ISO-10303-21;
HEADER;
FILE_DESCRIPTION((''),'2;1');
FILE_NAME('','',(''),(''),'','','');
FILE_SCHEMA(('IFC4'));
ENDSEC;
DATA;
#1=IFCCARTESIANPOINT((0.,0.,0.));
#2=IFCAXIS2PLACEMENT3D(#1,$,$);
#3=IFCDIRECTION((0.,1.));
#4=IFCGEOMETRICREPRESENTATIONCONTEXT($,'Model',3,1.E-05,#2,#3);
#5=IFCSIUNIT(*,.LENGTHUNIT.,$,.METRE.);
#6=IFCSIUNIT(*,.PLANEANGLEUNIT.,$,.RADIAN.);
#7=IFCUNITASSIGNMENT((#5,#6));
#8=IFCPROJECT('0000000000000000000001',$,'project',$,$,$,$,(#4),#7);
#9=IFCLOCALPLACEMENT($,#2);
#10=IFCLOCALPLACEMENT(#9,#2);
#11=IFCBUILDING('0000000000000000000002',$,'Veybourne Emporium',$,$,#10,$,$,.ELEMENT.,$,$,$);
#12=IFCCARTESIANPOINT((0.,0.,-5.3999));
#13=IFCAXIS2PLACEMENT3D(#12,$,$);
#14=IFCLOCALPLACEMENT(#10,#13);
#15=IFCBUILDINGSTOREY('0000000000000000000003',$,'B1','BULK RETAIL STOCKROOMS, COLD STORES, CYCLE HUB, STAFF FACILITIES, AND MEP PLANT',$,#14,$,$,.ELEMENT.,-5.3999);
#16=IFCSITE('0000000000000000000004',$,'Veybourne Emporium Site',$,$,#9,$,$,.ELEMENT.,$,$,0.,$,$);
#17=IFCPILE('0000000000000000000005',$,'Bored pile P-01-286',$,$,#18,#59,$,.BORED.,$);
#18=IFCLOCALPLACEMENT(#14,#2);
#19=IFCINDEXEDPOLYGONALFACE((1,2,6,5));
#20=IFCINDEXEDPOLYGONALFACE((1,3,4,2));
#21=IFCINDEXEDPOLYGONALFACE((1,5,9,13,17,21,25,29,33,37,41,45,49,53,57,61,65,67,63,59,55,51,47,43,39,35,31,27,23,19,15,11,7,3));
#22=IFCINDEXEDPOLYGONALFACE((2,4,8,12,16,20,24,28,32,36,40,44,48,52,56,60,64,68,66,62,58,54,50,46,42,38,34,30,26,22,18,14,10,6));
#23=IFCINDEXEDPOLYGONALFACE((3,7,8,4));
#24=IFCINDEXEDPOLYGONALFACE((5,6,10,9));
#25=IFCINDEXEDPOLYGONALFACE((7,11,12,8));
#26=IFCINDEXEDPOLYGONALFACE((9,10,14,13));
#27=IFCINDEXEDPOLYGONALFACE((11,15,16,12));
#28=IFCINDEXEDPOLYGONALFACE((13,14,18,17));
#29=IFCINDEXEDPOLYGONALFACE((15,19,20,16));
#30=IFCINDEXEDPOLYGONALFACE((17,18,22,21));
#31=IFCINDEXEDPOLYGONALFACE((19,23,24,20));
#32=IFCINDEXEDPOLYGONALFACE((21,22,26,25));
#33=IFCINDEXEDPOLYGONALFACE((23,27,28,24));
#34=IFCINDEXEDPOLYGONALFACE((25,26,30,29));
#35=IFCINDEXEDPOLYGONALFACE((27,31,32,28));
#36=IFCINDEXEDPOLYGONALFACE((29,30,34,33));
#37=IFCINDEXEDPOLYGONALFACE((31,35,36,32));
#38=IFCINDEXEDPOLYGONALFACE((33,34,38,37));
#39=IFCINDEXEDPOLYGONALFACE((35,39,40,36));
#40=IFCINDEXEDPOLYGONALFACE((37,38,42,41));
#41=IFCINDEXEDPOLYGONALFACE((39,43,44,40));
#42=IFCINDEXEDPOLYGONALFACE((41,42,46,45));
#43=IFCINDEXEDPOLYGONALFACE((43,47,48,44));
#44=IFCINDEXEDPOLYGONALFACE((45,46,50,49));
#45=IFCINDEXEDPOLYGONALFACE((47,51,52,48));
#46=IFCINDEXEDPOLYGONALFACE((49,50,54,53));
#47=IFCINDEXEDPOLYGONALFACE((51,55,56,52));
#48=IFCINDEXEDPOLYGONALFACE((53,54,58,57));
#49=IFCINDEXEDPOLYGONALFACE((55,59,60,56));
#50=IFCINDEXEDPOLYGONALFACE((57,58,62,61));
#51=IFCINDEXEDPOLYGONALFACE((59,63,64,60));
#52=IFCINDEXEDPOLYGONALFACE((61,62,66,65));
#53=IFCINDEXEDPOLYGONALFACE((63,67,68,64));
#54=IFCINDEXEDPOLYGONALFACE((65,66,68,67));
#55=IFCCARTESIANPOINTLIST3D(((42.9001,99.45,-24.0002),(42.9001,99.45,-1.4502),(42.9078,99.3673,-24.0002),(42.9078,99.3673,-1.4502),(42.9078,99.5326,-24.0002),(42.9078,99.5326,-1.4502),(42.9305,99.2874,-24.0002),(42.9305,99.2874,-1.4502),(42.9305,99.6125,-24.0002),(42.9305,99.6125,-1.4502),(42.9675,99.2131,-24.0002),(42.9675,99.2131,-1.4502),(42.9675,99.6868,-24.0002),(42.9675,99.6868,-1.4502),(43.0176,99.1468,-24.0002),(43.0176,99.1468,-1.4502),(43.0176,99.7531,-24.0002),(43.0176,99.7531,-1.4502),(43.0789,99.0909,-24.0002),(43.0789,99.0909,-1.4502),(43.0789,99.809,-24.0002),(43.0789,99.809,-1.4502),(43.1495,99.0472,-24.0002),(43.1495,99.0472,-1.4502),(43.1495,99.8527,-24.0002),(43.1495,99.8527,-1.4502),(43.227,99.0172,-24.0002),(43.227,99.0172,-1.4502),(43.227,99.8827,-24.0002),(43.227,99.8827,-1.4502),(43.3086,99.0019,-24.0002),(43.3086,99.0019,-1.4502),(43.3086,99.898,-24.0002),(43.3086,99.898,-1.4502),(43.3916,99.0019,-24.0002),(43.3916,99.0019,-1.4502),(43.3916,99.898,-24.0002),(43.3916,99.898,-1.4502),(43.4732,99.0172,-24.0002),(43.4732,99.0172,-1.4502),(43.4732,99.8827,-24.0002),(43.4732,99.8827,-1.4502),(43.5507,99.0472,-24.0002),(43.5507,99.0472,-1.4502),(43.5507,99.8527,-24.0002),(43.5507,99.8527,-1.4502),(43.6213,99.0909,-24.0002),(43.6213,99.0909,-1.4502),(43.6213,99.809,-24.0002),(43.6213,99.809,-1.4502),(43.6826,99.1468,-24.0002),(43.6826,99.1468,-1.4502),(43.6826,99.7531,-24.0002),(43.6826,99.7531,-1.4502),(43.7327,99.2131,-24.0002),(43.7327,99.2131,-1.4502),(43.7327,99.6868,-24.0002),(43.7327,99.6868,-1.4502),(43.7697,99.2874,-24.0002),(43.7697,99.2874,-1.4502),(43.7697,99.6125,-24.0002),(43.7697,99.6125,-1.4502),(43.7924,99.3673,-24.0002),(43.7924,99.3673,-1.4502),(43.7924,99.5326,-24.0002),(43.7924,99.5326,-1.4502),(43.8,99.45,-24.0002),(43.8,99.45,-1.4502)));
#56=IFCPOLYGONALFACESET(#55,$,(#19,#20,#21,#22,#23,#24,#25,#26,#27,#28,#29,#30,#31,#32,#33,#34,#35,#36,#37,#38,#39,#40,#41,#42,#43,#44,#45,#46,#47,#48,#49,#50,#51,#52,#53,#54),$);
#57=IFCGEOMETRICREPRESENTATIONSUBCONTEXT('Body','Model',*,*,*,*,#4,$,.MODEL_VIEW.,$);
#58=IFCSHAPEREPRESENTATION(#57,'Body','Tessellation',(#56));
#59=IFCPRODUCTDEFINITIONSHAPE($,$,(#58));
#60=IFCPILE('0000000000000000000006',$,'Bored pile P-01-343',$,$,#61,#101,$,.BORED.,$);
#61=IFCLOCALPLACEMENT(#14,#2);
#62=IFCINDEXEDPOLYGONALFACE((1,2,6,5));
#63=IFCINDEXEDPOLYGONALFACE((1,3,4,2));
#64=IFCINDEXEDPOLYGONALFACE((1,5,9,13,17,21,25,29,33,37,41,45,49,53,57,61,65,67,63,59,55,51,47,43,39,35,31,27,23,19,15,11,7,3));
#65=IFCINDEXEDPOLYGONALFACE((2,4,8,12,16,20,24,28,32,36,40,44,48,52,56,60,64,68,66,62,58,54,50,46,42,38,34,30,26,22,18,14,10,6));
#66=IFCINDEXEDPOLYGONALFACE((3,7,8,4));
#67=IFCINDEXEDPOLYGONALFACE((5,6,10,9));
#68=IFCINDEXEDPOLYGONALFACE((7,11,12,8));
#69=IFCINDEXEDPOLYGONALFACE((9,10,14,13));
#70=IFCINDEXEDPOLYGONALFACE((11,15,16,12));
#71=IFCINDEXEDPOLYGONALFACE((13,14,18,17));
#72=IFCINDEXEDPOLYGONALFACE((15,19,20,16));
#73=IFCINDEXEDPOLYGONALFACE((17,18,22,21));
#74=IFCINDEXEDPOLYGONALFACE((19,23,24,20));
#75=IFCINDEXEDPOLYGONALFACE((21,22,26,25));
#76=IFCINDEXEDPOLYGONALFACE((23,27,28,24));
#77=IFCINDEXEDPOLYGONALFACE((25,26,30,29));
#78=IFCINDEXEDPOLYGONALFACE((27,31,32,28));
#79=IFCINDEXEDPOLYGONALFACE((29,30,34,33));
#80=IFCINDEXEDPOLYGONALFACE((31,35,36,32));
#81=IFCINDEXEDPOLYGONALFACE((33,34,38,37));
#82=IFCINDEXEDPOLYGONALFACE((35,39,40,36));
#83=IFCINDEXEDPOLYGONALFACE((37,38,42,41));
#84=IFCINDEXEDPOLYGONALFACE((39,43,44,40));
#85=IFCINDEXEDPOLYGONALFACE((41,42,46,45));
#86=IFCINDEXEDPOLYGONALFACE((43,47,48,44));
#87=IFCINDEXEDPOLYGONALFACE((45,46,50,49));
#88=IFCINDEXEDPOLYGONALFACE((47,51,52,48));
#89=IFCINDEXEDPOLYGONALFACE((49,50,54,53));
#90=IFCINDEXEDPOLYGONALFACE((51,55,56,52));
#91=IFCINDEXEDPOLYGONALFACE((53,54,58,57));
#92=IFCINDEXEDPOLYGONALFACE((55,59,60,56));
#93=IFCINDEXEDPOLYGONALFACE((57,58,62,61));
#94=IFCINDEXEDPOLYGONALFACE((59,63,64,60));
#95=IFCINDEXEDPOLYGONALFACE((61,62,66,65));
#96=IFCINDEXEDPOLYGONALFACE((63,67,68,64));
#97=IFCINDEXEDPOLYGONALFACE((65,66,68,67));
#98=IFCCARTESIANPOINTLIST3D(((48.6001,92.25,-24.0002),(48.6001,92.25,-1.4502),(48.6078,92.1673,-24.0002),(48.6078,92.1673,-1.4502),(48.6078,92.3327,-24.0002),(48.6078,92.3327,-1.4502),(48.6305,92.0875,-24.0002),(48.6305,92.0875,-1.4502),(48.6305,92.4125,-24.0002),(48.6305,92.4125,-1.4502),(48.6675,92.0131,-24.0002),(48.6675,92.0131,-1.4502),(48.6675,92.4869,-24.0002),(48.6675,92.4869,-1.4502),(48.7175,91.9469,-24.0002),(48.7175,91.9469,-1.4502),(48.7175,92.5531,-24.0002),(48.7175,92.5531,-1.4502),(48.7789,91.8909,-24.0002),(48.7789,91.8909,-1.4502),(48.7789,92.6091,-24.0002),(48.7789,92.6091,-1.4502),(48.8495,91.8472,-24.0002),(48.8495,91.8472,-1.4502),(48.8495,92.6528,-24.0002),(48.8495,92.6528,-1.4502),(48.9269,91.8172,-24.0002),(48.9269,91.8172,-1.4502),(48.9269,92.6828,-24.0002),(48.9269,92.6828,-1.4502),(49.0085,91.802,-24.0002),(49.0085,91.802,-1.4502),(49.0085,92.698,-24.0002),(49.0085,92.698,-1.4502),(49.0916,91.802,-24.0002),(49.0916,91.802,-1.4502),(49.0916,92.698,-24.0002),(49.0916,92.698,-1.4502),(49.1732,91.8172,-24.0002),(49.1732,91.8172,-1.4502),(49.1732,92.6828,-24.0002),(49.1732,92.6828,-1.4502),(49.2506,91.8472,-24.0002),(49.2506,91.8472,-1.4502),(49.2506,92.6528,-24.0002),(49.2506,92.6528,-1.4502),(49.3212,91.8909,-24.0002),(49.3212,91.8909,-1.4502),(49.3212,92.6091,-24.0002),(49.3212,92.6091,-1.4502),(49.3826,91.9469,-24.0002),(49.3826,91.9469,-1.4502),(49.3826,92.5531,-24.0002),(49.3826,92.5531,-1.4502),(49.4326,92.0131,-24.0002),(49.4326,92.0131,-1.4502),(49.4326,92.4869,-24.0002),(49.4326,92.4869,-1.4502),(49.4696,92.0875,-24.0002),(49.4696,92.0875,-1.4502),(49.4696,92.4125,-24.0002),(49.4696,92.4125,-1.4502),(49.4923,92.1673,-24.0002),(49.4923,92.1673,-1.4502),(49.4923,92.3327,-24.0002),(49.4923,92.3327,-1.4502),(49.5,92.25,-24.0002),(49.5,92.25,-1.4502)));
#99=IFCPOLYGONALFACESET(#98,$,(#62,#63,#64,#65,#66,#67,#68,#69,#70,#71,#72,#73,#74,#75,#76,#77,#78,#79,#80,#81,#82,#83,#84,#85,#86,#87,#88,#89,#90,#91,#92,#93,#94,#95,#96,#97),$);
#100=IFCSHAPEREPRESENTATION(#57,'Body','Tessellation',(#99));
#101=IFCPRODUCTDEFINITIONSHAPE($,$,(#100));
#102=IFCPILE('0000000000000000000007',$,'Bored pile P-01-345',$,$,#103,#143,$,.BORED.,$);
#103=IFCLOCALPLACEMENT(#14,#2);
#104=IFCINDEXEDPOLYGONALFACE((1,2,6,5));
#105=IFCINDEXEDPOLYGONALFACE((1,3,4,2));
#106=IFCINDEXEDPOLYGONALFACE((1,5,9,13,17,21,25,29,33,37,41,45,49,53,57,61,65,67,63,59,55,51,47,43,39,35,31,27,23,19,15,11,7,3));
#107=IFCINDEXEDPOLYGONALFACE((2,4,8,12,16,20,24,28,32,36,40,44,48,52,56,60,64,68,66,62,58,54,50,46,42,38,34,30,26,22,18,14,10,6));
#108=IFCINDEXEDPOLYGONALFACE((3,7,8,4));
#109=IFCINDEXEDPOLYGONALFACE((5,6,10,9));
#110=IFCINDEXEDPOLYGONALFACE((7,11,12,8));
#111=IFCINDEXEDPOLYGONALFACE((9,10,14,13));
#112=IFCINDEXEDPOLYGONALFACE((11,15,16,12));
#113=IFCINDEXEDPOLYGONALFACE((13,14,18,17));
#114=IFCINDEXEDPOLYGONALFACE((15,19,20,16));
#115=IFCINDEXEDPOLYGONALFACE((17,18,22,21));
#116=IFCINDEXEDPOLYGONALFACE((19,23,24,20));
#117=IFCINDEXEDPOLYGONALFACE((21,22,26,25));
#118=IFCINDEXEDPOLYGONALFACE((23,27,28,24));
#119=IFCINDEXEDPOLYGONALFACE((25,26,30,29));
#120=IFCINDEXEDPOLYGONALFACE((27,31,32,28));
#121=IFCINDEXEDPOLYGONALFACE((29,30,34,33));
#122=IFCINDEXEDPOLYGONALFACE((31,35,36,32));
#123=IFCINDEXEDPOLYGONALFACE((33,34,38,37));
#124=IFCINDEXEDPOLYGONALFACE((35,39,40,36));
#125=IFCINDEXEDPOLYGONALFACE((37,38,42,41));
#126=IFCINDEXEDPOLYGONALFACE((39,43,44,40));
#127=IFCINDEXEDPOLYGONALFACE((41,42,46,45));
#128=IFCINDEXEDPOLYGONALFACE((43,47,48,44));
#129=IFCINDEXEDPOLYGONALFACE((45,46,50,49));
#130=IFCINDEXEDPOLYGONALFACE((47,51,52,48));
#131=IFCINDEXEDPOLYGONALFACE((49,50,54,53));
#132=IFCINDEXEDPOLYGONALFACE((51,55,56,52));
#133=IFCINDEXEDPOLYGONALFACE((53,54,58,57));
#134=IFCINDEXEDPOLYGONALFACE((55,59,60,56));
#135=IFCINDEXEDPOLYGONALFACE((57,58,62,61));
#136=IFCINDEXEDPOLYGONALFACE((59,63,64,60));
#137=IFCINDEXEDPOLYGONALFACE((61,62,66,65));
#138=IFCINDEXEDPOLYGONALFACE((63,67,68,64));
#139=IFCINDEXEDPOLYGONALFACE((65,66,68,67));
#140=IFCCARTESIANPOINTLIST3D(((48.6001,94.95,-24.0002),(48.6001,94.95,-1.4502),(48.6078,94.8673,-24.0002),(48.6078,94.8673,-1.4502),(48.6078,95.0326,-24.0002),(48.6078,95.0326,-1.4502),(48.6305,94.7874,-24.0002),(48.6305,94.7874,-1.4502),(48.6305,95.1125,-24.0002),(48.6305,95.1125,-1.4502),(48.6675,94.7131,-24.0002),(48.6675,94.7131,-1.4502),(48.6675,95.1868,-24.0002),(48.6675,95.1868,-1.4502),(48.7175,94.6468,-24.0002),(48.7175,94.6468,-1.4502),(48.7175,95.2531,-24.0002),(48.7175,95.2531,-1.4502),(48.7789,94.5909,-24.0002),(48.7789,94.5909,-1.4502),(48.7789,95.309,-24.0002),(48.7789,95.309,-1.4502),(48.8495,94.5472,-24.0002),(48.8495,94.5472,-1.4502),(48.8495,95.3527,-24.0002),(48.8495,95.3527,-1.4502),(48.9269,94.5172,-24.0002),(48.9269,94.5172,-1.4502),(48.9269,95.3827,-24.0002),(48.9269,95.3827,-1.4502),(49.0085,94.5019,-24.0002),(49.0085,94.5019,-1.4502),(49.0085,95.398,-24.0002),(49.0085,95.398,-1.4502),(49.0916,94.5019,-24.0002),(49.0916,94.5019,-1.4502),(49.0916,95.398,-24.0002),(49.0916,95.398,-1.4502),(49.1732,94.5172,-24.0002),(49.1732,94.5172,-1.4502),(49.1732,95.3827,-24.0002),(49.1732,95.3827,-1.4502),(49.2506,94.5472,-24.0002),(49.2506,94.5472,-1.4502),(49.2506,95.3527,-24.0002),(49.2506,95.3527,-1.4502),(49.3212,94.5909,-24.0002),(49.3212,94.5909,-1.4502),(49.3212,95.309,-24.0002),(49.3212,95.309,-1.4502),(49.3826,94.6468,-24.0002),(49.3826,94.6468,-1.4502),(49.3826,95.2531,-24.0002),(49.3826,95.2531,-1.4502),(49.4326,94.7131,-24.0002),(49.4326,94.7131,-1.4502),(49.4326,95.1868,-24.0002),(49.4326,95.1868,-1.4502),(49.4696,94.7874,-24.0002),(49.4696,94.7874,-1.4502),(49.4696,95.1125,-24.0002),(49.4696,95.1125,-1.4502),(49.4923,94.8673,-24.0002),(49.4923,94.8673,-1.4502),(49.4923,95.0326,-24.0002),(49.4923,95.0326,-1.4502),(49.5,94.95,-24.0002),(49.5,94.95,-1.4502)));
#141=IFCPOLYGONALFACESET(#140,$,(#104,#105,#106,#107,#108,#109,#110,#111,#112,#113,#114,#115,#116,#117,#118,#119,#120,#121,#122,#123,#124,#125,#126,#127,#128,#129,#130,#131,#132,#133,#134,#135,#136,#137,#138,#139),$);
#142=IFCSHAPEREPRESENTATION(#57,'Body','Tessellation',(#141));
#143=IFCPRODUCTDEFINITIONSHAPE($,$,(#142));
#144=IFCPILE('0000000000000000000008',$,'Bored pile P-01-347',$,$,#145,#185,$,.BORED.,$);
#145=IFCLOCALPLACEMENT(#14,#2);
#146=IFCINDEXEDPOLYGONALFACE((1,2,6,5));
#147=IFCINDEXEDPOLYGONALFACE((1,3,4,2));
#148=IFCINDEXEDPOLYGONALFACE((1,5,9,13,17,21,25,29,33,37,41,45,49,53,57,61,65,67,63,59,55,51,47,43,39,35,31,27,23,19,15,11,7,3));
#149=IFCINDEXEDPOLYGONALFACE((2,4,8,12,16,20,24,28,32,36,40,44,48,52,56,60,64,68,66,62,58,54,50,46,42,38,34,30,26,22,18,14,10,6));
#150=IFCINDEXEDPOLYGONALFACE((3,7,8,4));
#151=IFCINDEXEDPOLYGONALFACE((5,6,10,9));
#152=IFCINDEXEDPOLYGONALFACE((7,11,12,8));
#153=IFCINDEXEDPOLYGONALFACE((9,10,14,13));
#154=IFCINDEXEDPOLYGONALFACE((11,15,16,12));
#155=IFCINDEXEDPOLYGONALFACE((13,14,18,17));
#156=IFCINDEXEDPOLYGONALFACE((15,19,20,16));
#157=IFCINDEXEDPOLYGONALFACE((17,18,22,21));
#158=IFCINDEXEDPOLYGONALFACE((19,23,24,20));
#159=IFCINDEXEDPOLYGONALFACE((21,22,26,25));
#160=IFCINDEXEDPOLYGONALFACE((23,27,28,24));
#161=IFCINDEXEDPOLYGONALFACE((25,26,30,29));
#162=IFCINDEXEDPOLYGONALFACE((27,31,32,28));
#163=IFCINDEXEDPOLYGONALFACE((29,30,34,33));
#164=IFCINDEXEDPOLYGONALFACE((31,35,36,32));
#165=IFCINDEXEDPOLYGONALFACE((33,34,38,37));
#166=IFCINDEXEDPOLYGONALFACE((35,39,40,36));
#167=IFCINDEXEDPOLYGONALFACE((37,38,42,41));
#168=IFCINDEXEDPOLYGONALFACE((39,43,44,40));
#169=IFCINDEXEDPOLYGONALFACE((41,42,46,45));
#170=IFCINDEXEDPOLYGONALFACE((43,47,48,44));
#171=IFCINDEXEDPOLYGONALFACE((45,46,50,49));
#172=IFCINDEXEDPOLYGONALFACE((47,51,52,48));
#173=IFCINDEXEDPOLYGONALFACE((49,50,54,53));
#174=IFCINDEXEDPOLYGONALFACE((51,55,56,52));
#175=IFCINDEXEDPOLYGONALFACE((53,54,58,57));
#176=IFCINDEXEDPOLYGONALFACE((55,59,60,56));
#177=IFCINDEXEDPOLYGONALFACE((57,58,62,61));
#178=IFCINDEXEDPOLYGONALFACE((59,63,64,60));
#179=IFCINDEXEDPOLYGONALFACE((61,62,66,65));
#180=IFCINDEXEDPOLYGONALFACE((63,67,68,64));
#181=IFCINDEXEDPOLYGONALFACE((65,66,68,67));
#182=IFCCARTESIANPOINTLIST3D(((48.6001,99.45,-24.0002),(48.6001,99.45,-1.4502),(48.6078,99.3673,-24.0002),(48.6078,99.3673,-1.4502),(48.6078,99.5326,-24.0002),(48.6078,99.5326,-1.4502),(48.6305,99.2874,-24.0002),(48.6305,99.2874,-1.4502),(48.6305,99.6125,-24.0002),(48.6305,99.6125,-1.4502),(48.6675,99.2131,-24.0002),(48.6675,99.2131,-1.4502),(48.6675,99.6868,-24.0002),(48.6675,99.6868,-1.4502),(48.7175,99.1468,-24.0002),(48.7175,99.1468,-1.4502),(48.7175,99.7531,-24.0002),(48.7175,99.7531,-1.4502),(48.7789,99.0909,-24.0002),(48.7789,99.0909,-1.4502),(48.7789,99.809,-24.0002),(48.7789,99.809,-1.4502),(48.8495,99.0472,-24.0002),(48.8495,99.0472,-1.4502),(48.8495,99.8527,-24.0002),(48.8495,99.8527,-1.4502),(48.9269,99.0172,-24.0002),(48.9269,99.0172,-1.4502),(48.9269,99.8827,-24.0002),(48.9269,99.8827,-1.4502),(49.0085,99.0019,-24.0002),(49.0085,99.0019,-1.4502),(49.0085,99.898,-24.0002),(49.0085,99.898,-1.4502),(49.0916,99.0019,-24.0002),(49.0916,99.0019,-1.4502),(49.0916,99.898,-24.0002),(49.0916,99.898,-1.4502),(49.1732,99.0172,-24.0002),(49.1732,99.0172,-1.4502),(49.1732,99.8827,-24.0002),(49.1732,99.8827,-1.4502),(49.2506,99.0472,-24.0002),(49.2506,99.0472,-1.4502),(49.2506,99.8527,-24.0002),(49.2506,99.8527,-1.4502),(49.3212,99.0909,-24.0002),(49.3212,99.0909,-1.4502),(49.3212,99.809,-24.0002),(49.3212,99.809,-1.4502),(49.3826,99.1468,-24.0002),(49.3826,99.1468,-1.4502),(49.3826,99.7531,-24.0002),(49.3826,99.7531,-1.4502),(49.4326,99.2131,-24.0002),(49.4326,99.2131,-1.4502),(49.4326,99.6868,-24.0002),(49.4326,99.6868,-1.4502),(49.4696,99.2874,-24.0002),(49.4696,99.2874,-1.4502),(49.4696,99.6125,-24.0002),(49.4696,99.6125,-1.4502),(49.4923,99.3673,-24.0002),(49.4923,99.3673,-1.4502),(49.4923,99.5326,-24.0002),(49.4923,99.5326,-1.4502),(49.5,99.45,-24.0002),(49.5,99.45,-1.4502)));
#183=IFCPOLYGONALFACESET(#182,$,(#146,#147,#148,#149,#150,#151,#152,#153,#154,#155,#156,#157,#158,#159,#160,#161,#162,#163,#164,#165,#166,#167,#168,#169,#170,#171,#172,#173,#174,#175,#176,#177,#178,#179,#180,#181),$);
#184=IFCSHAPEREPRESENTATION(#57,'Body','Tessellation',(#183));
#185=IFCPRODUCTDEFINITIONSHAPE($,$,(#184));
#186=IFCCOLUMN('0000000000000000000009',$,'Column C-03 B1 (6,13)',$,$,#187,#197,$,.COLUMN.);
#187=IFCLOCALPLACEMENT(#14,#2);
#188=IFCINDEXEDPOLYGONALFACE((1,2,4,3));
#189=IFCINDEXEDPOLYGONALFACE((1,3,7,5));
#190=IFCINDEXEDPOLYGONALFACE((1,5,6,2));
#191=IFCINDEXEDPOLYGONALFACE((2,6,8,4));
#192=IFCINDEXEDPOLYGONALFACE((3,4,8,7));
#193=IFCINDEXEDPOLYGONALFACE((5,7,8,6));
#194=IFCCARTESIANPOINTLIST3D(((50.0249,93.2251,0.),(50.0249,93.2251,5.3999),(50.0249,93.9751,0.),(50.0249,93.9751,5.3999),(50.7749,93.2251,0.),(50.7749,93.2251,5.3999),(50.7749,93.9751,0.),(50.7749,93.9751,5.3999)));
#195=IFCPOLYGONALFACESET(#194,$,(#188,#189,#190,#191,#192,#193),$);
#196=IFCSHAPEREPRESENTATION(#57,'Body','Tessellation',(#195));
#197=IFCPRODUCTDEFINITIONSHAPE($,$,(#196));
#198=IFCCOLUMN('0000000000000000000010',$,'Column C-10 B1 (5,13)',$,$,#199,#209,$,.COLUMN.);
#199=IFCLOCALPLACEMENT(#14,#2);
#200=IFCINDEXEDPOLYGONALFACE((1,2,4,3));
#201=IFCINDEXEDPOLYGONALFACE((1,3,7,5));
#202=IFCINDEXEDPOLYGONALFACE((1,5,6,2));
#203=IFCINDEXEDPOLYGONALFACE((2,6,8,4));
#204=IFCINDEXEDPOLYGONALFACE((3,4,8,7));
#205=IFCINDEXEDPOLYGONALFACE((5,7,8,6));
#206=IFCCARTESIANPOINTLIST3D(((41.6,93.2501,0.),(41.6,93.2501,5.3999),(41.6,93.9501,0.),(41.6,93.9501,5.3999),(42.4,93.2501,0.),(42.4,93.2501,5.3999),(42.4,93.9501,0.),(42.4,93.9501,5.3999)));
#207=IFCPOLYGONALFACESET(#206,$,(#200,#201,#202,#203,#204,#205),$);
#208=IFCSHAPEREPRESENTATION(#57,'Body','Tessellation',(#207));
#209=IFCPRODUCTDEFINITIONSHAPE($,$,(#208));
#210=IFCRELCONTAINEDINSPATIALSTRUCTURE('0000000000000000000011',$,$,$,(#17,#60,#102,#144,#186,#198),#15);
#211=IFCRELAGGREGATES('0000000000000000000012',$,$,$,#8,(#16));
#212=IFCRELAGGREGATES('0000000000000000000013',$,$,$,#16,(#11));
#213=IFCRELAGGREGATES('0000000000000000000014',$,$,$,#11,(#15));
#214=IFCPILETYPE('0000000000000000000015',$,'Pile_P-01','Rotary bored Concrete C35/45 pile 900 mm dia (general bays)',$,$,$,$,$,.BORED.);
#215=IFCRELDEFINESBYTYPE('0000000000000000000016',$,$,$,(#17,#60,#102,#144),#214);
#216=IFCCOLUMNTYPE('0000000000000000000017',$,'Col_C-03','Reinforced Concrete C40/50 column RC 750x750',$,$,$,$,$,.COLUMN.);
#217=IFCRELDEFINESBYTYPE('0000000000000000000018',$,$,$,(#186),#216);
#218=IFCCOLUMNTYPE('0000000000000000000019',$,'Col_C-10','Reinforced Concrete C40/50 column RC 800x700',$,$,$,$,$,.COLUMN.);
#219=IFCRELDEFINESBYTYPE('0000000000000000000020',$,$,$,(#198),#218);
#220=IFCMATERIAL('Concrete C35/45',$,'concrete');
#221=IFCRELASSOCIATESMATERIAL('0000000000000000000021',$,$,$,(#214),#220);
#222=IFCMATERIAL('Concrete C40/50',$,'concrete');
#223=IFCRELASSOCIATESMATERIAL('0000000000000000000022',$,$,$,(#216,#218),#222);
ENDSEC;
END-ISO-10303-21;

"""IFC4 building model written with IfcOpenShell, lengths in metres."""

from ifc_helpers import new_model, si_unit, direction, frame, origin, origin_2d, place, context, subcontext, project, spatial, rectangle, circle, extrude, material, material_profile, profile_set, type_object, element, save


model = new_model("IFC4")

# Units and contexts
model_context = context("Model", 3, precision=1e-05, world=origin(), true_north=direction((0.0, 1.0)))
body_context = subcontext(model_context, "Body", "Model", "MODEL_VIEW")
ifc_project = project(units=[si_unit("LENGTHUNIT", "METRE"), si_unit("PLANEANGLEUNIT", "RADIAN")], contexts=[model_context])

# Site, building, storey
site_placement = place(None, origin())
site = spatial("IfcSite", under=ifc_project, at=site_placement, Name="Veybourne Emporium Site", CompositionType="ELEMENT", RefElevation=0.0)
building_placement = place(site_placement, origin())
building = spatial("IfcBuilding", under=site, at=building_placement, Name="Veybourne Emporium", CompositionType="ELEMENT")
storey_placement = place(building_placement, frame((0.0, 0.0, -5.3999)))
storey = spatial("IfcBuildingStorey", under=building, at=storey_placement, Name="B1", Description="BULK RETAIL STOCKROOMS, COLD STORES, CYCLE HUB, STAFF FACILITIES, AND MEP PLANT", CompositionType="ELEMENT", Elevation=-5.3999)

# Shared definitions
ifc_material_1 = material(Name="Concrete C35/45", Category="concrete")

# Piles
ifc_material_profile_1 = material_profile(ifc_material_1, circle(Radius=0.45, at=origin_2d()), Name="BORED PILE 900")
ifc_profile_set_1 = profile_set([ifc_material_profile_1], Name="Concrete C35/45")
pile_type = type_object("IfcPileType", Name="Pile_P-01", Description="Rotary bored Concrete C35/45 pile 900 mm dia (general bays)", PredefinedType="BORED", material=ifc_profile_set_1)
for number, where, z_axis, x_axis, name in (
    (1, (43.3501, 99.45, -1.4502), (0.0, 0.0, -1.0), (1.0, 0.0, 0.0), "Bored pile P-01-286"),
    (2, (49.05, 92.25, -1.4502), (0.0, 0.0, -1.0), (1.0, 0.0, 0.0), "Bored pile P-01-343"),
    (3, (49.05, 94.95, -1.4502), (0.0, 0.0, -1.0), (1.0, 0.0, 0.0), "Bored pile P-01-345"),
    (4, (49.05, 99.45, -1.4502), (0.0, 0.0, -1.0), (1.0, 0.0, 0.0), "Bored pile P-01-347"),
):
    element("IfcPile", number, at=place(storey_placement, frame(where, z_axis=z_axis, x_axis=x_axis)), inside=storey, type_object=pile_type, Name=name, PredefinedType="BORED", context=body_context, shape_type="SweptSolid", body=[
        extrude(circle(Radius=0.45, at=origin_2d()), origin(), (0.0, 0.0, 1.0), 22.55),
    ])

# Columns
ifc_material_2 = material(Name="Concrete C40/50", Category="concrete")
ifc_material_profile_2 = material_profile(ifc_material_2, rectangle(XDim=0.75, YDim=0.75, at=origin_2d()), Name="RC 750x750")
ifc_profile_set_2 = profile_set([ifc_material_profile_2], Name="Concrete C40/50")
column_type_1 = type_object("IfcColumnType", Name="Col_C-03", Description="Reinforced Concrete C40/50 column RC 750x750", PredefinedType="COLUMN", material=ifc_profile_set_2)
column_placement = place(storey_placement, frame((50.3999, 93.6001, 0.0), z_axis=(0.0, 0.0, 1.0), x_axis=(1.0, 0.0, 0.0)))
element("IfcColumn", 5, at=column_placement, inside=storey, type_object=column_type_1, Name="Column C-03 B1 (6,13)", PredefinedType="COLUMN", context=body_context, shape_type="SweptSolid", body=[
    extrude(rectangle(XDim=0.75, YDim=0.75, at=origin_2d()), origin(), (0.0, 0.0, 1.0), 5.3999),
])
ifc_material_profile_3 = material_profile(ifc_material_2, rectangle(XDim=0.8, YDim=0.7, at=origin_2d()), Name="RC 800x700")
ifc_profile_set_3 = profile_set([ifc_material_profile_3], Name="Concrete C40/50")
column_type_2 = type_object("IfcColumnType", Name="Col_C-10", Description="Reinforced Concrete C40/50 column RC 800x700", PredefinedType="COLUMN", material=ifc_profile_set_3)
for number, where, z_axis, x_axis, name in (
    (6, (42.0, 93.6001, 0.0), (0.0, 0.0, 1.0), (1.0, 0.0, 0.0), "Column C-10 B1 (5,13)"),
):
    element("IfcColumn", number, at=place(storey_placement, frame(where, z_axis=z_axis, x_axis=x_axis)), inside=storey, type_object=column_type_2, Name=name, PredefinedType="COLUMN", context=body_context, shape_type="SweptSolid", body=[
        extrude(rectangle(XDim=0.8, YDim=0.7, at=origin_2d()), origin(), (0.0, 0.0, 1.0), 5.3999),
    ])

save(model, "model.ifc")
